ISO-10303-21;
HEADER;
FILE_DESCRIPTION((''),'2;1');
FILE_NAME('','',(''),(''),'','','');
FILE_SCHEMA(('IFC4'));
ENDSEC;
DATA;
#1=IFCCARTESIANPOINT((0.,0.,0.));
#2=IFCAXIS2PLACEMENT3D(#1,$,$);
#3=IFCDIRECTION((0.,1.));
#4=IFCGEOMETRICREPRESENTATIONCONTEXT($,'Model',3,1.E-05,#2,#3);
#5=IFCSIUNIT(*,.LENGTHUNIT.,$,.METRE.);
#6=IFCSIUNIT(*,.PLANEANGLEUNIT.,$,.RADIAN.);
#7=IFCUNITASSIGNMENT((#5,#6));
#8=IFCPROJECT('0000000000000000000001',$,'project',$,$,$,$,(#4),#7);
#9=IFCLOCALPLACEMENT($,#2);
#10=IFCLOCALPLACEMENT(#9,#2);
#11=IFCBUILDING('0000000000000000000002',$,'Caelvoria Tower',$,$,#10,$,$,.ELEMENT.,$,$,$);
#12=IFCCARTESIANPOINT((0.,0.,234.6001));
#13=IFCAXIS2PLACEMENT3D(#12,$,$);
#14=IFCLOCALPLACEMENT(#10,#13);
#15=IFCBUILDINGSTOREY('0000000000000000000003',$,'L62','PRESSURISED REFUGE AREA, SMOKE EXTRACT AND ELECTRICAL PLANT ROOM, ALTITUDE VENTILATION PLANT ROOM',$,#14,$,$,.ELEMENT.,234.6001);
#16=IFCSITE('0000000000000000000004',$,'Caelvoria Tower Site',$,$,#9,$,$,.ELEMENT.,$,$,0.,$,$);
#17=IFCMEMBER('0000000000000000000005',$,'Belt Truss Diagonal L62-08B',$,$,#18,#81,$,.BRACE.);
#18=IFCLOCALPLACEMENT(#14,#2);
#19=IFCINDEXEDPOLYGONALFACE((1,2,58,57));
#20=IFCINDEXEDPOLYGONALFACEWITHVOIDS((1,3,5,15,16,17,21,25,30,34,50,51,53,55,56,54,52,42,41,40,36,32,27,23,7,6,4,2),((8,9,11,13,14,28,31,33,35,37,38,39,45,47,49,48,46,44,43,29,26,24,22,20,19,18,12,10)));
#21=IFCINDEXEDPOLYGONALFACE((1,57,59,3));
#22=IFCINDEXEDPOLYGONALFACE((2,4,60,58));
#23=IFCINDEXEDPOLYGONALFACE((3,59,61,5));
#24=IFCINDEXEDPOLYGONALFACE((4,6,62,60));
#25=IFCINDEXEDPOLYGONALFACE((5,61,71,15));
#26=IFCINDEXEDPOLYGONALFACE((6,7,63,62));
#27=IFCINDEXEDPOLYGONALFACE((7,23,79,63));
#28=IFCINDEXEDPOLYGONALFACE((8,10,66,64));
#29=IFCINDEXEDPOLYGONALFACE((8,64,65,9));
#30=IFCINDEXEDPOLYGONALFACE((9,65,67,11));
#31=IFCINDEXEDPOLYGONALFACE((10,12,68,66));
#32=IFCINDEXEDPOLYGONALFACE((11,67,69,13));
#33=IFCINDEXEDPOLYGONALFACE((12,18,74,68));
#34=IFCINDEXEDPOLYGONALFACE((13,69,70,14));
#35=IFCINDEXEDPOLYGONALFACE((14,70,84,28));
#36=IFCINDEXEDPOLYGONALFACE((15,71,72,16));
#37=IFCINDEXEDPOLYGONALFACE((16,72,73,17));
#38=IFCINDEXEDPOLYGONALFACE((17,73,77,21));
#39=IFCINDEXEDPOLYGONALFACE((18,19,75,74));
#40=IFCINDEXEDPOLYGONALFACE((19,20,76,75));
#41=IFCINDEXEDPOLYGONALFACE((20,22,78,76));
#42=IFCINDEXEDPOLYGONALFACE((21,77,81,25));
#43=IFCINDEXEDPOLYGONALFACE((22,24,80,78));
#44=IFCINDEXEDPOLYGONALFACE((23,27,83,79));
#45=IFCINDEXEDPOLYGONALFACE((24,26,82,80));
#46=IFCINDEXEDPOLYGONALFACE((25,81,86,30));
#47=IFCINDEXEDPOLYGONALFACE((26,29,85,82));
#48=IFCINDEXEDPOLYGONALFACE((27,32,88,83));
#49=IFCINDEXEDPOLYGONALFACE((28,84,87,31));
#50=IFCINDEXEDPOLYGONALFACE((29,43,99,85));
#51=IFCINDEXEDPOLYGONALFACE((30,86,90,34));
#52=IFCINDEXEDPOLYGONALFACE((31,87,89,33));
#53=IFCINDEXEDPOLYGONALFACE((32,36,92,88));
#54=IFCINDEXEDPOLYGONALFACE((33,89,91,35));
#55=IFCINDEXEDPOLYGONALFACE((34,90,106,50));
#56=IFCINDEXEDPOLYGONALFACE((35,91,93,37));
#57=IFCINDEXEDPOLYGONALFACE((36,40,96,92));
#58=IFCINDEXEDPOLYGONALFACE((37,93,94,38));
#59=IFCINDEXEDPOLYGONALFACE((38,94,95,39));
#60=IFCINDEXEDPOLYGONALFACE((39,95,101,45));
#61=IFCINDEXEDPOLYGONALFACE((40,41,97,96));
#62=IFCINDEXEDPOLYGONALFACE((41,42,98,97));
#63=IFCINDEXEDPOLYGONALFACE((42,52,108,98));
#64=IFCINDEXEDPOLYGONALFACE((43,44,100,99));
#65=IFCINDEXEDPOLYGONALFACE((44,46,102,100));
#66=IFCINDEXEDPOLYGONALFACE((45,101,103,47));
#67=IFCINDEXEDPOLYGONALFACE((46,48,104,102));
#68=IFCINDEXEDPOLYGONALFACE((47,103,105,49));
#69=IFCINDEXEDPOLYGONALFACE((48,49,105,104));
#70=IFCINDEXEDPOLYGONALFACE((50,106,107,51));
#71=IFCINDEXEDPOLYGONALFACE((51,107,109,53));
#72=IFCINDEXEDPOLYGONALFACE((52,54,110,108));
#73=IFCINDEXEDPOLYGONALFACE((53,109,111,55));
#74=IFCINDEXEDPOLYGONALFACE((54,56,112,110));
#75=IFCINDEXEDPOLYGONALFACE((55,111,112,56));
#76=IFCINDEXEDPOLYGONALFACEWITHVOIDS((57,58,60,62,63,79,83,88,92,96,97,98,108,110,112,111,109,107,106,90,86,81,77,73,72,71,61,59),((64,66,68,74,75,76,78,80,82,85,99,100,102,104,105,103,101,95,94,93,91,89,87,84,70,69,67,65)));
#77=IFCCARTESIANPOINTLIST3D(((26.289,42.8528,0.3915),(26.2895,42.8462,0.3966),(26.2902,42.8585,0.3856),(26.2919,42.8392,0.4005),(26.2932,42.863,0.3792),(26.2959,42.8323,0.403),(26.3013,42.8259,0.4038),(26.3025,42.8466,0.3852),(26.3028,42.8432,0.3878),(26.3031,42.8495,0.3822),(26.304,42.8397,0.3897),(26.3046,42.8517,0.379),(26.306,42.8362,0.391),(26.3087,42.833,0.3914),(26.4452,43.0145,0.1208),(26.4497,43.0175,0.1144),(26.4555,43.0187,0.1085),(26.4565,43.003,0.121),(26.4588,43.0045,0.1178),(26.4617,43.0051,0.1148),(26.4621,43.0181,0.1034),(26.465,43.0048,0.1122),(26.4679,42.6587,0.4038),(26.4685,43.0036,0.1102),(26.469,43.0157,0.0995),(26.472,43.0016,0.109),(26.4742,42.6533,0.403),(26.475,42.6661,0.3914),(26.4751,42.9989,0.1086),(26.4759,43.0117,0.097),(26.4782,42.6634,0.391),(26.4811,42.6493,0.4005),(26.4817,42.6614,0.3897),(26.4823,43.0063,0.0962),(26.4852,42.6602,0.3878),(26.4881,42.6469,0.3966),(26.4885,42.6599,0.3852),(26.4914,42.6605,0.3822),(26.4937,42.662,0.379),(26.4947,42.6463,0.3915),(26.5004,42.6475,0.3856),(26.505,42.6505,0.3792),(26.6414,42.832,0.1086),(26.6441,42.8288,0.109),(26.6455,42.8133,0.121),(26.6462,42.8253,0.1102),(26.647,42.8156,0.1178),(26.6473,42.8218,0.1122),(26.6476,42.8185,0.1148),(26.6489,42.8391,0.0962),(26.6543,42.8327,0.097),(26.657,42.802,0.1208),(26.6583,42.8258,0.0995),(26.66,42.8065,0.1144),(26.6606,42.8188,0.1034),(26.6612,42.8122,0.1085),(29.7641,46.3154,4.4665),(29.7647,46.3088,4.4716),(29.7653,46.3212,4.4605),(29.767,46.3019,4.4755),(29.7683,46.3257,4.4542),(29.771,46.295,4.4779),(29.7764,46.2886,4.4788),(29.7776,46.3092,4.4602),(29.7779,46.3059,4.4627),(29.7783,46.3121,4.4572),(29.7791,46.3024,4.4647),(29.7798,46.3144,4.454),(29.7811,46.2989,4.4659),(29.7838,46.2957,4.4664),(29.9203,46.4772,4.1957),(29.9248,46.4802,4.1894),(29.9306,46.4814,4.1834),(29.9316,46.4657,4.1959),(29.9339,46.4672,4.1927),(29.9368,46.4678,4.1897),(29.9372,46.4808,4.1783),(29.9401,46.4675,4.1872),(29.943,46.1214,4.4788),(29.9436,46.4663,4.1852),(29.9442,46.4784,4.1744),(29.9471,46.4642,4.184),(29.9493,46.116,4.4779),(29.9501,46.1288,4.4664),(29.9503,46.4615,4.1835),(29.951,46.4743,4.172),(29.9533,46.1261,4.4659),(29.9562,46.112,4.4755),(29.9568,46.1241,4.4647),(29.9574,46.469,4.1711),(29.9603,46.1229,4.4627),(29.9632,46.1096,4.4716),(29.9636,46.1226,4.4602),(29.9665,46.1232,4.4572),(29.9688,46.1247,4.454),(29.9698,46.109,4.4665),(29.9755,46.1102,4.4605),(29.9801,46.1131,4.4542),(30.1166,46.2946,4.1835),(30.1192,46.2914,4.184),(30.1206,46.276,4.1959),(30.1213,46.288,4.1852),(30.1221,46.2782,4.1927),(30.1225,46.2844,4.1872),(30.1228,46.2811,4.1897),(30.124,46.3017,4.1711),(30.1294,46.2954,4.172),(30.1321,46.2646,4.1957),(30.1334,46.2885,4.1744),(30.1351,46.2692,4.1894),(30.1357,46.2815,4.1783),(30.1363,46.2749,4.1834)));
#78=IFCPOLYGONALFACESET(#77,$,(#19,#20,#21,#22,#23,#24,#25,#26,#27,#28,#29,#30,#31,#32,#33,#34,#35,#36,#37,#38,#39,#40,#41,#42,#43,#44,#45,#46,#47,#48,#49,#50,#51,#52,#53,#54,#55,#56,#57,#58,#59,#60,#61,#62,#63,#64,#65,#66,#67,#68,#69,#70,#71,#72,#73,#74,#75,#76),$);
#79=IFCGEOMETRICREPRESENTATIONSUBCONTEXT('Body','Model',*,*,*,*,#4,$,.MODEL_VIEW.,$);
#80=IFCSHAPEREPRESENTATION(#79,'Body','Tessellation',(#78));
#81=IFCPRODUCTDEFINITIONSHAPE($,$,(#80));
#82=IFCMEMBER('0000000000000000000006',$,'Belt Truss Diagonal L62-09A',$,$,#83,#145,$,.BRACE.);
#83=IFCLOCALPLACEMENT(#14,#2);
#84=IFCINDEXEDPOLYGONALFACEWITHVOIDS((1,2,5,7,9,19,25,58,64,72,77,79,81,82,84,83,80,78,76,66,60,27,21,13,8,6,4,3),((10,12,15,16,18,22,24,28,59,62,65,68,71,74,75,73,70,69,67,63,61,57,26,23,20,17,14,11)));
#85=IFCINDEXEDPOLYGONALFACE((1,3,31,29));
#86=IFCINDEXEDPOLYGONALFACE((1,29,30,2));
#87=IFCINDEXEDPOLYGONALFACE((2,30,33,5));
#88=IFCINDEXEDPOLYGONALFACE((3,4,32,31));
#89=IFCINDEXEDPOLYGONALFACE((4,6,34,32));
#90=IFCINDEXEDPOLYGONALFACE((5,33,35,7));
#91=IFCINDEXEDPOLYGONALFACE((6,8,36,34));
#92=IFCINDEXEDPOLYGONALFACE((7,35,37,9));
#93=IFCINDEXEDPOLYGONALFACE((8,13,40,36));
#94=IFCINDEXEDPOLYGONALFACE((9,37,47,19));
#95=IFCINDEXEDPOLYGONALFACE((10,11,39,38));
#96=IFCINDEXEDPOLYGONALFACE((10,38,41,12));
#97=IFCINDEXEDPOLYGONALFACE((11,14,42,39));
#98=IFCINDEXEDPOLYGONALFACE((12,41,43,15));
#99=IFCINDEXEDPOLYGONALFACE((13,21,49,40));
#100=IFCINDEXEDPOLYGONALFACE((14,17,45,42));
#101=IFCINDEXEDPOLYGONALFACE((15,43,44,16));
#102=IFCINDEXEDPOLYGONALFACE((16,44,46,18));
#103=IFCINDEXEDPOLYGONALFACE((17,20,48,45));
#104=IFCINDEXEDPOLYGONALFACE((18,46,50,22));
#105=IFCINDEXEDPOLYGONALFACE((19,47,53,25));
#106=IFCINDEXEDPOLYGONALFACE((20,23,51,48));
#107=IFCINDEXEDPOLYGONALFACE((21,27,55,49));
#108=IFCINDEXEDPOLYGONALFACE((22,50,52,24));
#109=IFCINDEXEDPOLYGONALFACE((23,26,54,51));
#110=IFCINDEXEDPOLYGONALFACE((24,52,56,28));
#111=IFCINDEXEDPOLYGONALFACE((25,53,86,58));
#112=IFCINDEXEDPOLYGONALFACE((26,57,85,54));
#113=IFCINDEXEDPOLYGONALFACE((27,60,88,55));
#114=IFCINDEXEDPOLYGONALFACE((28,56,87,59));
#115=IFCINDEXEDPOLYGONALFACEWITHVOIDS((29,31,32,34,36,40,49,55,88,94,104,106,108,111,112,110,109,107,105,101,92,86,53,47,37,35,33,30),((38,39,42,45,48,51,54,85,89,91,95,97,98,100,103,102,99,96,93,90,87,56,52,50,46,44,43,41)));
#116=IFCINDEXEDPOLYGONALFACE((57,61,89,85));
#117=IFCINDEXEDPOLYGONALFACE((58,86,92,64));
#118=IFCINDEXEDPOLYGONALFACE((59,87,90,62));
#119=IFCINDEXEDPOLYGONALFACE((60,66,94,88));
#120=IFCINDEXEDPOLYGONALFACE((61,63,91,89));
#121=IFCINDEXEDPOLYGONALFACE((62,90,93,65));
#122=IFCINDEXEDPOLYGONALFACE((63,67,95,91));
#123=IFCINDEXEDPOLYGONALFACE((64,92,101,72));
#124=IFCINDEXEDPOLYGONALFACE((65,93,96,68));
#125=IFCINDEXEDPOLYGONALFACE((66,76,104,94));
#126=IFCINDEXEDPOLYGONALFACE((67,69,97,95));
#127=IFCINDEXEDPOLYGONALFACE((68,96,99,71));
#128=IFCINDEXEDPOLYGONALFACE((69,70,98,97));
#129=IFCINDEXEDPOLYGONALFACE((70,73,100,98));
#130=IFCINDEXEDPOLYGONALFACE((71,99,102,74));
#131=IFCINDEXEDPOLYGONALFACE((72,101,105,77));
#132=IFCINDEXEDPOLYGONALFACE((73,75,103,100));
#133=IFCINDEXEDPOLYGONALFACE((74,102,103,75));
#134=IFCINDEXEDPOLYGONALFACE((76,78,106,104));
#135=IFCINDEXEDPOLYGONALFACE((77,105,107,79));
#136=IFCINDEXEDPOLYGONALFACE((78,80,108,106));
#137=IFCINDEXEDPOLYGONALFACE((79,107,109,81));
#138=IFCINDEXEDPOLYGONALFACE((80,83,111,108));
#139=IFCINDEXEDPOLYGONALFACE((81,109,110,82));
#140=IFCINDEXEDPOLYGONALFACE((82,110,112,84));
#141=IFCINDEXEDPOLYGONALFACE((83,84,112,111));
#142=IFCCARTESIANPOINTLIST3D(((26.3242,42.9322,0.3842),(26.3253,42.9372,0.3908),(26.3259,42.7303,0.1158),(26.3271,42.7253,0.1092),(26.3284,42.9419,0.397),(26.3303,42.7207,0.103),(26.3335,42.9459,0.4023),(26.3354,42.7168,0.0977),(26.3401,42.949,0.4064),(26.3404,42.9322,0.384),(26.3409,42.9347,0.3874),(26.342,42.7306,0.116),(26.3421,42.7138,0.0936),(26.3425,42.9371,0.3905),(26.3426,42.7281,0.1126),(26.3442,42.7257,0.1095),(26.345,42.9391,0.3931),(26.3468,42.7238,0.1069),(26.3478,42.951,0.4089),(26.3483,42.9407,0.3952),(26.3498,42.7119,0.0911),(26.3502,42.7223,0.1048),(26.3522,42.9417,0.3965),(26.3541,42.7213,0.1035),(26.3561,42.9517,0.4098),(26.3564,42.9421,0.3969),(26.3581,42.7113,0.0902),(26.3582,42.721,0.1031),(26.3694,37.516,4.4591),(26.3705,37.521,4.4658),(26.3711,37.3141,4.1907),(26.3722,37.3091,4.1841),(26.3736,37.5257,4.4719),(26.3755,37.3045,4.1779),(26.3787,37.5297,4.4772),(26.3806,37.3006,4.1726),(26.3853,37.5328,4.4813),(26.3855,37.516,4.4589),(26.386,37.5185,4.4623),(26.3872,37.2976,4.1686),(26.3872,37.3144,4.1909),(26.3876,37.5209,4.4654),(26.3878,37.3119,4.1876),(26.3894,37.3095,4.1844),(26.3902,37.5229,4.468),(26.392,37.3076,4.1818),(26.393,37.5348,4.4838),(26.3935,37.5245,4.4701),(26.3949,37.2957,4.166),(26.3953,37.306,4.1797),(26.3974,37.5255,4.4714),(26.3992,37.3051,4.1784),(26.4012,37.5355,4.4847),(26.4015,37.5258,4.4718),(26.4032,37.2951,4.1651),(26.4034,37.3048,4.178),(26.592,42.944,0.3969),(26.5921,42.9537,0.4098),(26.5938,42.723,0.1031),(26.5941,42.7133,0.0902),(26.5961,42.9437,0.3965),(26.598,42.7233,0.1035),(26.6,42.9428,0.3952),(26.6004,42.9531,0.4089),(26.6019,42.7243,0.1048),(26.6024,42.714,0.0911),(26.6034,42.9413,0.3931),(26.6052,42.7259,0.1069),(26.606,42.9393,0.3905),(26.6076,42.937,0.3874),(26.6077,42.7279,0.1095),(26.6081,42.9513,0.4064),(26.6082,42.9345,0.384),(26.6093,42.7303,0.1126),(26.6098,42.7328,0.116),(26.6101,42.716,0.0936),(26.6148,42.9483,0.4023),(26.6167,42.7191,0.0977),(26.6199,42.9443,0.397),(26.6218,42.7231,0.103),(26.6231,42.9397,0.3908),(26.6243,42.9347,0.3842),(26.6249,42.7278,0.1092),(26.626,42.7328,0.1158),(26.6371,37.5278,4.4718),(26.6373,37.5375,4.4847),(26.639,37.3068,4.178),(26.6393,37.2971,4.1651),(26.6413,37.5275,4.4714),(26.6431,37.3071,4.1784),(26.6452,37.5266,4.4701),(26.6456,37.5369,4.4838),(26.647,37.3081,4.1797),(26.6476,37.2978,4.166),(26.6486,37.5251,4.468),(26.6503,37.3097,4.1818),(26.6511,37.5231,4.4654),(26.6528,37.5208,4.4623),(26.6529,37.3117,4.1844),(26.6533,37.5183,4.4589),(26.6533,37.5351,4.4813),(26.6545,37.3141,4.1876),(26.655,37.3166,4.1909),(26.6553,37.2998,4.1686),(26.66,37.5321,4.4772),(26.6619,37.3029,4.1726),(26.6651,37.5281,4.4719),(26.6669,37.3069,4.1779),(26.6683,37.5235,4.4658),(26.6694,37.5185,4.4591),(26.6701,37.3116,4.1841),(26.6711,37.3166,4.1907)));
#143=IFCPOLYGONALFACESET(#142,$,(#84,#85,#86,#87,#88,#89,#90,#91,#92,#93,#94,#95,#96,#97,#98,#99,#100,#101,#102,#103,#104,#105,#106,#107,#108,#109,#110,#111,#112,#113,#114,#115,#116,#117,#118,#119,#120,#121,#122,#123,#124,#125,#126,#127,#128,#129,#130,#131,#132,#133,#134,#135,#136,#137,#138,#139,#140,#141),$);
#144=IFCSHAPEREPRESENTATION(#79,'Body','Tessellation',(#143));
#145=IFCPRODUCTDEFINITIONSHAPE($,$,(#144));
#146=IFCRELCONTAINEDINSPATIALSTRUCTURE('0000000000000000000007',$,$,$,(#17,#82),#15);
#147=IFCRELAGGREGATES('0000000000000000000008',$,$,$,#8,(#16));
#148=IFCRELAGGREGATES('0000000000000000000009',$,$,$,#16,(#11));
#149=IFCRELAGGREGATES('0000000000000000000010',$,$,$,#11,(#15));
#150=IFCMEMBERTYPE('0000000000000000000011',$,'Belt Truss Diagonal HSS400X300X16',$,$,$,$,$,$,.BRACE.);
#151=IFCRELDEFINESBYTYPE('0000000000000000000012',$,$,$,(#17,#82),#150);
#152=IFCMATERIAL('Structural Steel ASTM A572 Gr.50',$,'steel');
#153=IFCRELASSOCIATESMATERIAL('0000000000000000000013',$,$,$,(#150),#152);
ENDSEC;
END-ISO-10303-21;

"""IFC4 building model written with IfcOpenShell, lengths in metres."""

from ifc_helpers import new_model, si_unit, direction, frame, origin, origin_2d, place, context, subcontext, project, spatial, hollow_rectangle, extrude, material, material_profile, profile_set, type_object, element, save


model = new_model("IFC4")

# Units and contexts
model_context = context("Model", 3, precision=1e-05, world=origin(), true_north=direction((0.0, 1.0)))
body_context = subcontext(model_context, "Body", "Model", "MODEL_VIEW")
ifc_project = project(units=[si_unit("LENGTHUNIT", "METRE"), si_unit("PLANEANGLEUNIT", "RADIAN")], contexts=[model_context])

# Site, building, storey
site_placement = place(None, origin())
site = spatial("IfcSite", under=ifc_project, at=site_placement, Name="Caelvoria Tower Site", CompositionType="ELEMENT", RefElevation=0.0)
building_placement = place(site_placement, origin())
building = spatial("IfcBuilding", under=site, at=building_placement, Name="Caelvoria Tower", CompositionType="ELEMENT")
storey_placement = place(building_placement, frame((0.0, 0.0, 234.6001)))
storey = spatial("IfcBuildingStorey", under=building, at=storey_placement, Name="L62", Description="PRESSURISED REFUGE AREA, SMOKE EXTRACT AND ELECTRICAL PLANT ROOM, ALTITUDE VENTILATION PLANT ROOM", CompositionType="ELEMENT", Elevation=234.6001)

# Shared definitions
ifc_material_1 = material(Name="Structural Steel ASTM A572 Gr.50", Category="steel")

# Members
ifc_material_profile_1 = material_profile(ifc_material_1, hollow_rectangle(XDim=0.3, YDim=0.3999, WallThickness=0.0161, InnerFilletRadius=0.0161, OuterFilletRadius=0.032, at=origin_2d()), Name="Structural Steel ASTM A572 Gr.50")
ifc_profile_set_1 = profile_set([ifc_material_profile_1], Name="HSS400X300X16 - Structural Steel ASTM A572 Gr.50")
member_type_1 = type_object("IfcMemberType", Name="Belt Truss Diagonal HSS400X300X16", PredefinedType="BRACE", material=ifc_profile_set_1)
for number, where, z_axis, x_axis, name in (
    (1, (29.9502, 46.2952, 4.325), (-0.544907, -0.542954, -0.638966), (0.705837, -0.708375, 0.0), "Belt Truss Diagonal L62-08B"),
):
    element("IfcMember", number, at=place(storey_placement, frame(where, z_axis=z_axis, x_axis=x_axis)), inside=storey, type_object=member_type_1, Name=name, PredefinedType="BRACE", context=body_context, shape_type="SweptSolid", body=[
        extrude(hollow_rectangle(XDim=0.3, YDim=0.3999, WallThickness=0.0161, InnerFilletRadius=0.0161, OuterFilletRadius=0.032, at=origin_2d()), origin(), (0.0, 0.0, 1.0), 6.3774),
    ])
for number, where, z_axis, x_axis, name in (
    (2, (26.4751, 42.8325, 0.25), (0.006663, -0.799078, 0.60119), (0.999965, 0.008339, 0.0), "Belt Truss Diagonal L62-09A"),
):
    element("IfcMember", number, at=place(storey_placement, frame(where, z_axis=z_axis, x_axis=x_axis)), inside=storey, type_object=member_type_1, Name=name, PredefinedType="BRACE", context=body_context, shape_type="SweptSolid", body=[
        extrude(hollow_rectangle(XDim=0.3, YDim=0.3999, WallThickness=0.0161, InnerFilletRadius=0.0161, OuterFilletRadius=0.032, at=origin_2d()), origin(), (0.0, 0.0, 1.0), 6.7781),
    ])

save(model, "model.ifc")
